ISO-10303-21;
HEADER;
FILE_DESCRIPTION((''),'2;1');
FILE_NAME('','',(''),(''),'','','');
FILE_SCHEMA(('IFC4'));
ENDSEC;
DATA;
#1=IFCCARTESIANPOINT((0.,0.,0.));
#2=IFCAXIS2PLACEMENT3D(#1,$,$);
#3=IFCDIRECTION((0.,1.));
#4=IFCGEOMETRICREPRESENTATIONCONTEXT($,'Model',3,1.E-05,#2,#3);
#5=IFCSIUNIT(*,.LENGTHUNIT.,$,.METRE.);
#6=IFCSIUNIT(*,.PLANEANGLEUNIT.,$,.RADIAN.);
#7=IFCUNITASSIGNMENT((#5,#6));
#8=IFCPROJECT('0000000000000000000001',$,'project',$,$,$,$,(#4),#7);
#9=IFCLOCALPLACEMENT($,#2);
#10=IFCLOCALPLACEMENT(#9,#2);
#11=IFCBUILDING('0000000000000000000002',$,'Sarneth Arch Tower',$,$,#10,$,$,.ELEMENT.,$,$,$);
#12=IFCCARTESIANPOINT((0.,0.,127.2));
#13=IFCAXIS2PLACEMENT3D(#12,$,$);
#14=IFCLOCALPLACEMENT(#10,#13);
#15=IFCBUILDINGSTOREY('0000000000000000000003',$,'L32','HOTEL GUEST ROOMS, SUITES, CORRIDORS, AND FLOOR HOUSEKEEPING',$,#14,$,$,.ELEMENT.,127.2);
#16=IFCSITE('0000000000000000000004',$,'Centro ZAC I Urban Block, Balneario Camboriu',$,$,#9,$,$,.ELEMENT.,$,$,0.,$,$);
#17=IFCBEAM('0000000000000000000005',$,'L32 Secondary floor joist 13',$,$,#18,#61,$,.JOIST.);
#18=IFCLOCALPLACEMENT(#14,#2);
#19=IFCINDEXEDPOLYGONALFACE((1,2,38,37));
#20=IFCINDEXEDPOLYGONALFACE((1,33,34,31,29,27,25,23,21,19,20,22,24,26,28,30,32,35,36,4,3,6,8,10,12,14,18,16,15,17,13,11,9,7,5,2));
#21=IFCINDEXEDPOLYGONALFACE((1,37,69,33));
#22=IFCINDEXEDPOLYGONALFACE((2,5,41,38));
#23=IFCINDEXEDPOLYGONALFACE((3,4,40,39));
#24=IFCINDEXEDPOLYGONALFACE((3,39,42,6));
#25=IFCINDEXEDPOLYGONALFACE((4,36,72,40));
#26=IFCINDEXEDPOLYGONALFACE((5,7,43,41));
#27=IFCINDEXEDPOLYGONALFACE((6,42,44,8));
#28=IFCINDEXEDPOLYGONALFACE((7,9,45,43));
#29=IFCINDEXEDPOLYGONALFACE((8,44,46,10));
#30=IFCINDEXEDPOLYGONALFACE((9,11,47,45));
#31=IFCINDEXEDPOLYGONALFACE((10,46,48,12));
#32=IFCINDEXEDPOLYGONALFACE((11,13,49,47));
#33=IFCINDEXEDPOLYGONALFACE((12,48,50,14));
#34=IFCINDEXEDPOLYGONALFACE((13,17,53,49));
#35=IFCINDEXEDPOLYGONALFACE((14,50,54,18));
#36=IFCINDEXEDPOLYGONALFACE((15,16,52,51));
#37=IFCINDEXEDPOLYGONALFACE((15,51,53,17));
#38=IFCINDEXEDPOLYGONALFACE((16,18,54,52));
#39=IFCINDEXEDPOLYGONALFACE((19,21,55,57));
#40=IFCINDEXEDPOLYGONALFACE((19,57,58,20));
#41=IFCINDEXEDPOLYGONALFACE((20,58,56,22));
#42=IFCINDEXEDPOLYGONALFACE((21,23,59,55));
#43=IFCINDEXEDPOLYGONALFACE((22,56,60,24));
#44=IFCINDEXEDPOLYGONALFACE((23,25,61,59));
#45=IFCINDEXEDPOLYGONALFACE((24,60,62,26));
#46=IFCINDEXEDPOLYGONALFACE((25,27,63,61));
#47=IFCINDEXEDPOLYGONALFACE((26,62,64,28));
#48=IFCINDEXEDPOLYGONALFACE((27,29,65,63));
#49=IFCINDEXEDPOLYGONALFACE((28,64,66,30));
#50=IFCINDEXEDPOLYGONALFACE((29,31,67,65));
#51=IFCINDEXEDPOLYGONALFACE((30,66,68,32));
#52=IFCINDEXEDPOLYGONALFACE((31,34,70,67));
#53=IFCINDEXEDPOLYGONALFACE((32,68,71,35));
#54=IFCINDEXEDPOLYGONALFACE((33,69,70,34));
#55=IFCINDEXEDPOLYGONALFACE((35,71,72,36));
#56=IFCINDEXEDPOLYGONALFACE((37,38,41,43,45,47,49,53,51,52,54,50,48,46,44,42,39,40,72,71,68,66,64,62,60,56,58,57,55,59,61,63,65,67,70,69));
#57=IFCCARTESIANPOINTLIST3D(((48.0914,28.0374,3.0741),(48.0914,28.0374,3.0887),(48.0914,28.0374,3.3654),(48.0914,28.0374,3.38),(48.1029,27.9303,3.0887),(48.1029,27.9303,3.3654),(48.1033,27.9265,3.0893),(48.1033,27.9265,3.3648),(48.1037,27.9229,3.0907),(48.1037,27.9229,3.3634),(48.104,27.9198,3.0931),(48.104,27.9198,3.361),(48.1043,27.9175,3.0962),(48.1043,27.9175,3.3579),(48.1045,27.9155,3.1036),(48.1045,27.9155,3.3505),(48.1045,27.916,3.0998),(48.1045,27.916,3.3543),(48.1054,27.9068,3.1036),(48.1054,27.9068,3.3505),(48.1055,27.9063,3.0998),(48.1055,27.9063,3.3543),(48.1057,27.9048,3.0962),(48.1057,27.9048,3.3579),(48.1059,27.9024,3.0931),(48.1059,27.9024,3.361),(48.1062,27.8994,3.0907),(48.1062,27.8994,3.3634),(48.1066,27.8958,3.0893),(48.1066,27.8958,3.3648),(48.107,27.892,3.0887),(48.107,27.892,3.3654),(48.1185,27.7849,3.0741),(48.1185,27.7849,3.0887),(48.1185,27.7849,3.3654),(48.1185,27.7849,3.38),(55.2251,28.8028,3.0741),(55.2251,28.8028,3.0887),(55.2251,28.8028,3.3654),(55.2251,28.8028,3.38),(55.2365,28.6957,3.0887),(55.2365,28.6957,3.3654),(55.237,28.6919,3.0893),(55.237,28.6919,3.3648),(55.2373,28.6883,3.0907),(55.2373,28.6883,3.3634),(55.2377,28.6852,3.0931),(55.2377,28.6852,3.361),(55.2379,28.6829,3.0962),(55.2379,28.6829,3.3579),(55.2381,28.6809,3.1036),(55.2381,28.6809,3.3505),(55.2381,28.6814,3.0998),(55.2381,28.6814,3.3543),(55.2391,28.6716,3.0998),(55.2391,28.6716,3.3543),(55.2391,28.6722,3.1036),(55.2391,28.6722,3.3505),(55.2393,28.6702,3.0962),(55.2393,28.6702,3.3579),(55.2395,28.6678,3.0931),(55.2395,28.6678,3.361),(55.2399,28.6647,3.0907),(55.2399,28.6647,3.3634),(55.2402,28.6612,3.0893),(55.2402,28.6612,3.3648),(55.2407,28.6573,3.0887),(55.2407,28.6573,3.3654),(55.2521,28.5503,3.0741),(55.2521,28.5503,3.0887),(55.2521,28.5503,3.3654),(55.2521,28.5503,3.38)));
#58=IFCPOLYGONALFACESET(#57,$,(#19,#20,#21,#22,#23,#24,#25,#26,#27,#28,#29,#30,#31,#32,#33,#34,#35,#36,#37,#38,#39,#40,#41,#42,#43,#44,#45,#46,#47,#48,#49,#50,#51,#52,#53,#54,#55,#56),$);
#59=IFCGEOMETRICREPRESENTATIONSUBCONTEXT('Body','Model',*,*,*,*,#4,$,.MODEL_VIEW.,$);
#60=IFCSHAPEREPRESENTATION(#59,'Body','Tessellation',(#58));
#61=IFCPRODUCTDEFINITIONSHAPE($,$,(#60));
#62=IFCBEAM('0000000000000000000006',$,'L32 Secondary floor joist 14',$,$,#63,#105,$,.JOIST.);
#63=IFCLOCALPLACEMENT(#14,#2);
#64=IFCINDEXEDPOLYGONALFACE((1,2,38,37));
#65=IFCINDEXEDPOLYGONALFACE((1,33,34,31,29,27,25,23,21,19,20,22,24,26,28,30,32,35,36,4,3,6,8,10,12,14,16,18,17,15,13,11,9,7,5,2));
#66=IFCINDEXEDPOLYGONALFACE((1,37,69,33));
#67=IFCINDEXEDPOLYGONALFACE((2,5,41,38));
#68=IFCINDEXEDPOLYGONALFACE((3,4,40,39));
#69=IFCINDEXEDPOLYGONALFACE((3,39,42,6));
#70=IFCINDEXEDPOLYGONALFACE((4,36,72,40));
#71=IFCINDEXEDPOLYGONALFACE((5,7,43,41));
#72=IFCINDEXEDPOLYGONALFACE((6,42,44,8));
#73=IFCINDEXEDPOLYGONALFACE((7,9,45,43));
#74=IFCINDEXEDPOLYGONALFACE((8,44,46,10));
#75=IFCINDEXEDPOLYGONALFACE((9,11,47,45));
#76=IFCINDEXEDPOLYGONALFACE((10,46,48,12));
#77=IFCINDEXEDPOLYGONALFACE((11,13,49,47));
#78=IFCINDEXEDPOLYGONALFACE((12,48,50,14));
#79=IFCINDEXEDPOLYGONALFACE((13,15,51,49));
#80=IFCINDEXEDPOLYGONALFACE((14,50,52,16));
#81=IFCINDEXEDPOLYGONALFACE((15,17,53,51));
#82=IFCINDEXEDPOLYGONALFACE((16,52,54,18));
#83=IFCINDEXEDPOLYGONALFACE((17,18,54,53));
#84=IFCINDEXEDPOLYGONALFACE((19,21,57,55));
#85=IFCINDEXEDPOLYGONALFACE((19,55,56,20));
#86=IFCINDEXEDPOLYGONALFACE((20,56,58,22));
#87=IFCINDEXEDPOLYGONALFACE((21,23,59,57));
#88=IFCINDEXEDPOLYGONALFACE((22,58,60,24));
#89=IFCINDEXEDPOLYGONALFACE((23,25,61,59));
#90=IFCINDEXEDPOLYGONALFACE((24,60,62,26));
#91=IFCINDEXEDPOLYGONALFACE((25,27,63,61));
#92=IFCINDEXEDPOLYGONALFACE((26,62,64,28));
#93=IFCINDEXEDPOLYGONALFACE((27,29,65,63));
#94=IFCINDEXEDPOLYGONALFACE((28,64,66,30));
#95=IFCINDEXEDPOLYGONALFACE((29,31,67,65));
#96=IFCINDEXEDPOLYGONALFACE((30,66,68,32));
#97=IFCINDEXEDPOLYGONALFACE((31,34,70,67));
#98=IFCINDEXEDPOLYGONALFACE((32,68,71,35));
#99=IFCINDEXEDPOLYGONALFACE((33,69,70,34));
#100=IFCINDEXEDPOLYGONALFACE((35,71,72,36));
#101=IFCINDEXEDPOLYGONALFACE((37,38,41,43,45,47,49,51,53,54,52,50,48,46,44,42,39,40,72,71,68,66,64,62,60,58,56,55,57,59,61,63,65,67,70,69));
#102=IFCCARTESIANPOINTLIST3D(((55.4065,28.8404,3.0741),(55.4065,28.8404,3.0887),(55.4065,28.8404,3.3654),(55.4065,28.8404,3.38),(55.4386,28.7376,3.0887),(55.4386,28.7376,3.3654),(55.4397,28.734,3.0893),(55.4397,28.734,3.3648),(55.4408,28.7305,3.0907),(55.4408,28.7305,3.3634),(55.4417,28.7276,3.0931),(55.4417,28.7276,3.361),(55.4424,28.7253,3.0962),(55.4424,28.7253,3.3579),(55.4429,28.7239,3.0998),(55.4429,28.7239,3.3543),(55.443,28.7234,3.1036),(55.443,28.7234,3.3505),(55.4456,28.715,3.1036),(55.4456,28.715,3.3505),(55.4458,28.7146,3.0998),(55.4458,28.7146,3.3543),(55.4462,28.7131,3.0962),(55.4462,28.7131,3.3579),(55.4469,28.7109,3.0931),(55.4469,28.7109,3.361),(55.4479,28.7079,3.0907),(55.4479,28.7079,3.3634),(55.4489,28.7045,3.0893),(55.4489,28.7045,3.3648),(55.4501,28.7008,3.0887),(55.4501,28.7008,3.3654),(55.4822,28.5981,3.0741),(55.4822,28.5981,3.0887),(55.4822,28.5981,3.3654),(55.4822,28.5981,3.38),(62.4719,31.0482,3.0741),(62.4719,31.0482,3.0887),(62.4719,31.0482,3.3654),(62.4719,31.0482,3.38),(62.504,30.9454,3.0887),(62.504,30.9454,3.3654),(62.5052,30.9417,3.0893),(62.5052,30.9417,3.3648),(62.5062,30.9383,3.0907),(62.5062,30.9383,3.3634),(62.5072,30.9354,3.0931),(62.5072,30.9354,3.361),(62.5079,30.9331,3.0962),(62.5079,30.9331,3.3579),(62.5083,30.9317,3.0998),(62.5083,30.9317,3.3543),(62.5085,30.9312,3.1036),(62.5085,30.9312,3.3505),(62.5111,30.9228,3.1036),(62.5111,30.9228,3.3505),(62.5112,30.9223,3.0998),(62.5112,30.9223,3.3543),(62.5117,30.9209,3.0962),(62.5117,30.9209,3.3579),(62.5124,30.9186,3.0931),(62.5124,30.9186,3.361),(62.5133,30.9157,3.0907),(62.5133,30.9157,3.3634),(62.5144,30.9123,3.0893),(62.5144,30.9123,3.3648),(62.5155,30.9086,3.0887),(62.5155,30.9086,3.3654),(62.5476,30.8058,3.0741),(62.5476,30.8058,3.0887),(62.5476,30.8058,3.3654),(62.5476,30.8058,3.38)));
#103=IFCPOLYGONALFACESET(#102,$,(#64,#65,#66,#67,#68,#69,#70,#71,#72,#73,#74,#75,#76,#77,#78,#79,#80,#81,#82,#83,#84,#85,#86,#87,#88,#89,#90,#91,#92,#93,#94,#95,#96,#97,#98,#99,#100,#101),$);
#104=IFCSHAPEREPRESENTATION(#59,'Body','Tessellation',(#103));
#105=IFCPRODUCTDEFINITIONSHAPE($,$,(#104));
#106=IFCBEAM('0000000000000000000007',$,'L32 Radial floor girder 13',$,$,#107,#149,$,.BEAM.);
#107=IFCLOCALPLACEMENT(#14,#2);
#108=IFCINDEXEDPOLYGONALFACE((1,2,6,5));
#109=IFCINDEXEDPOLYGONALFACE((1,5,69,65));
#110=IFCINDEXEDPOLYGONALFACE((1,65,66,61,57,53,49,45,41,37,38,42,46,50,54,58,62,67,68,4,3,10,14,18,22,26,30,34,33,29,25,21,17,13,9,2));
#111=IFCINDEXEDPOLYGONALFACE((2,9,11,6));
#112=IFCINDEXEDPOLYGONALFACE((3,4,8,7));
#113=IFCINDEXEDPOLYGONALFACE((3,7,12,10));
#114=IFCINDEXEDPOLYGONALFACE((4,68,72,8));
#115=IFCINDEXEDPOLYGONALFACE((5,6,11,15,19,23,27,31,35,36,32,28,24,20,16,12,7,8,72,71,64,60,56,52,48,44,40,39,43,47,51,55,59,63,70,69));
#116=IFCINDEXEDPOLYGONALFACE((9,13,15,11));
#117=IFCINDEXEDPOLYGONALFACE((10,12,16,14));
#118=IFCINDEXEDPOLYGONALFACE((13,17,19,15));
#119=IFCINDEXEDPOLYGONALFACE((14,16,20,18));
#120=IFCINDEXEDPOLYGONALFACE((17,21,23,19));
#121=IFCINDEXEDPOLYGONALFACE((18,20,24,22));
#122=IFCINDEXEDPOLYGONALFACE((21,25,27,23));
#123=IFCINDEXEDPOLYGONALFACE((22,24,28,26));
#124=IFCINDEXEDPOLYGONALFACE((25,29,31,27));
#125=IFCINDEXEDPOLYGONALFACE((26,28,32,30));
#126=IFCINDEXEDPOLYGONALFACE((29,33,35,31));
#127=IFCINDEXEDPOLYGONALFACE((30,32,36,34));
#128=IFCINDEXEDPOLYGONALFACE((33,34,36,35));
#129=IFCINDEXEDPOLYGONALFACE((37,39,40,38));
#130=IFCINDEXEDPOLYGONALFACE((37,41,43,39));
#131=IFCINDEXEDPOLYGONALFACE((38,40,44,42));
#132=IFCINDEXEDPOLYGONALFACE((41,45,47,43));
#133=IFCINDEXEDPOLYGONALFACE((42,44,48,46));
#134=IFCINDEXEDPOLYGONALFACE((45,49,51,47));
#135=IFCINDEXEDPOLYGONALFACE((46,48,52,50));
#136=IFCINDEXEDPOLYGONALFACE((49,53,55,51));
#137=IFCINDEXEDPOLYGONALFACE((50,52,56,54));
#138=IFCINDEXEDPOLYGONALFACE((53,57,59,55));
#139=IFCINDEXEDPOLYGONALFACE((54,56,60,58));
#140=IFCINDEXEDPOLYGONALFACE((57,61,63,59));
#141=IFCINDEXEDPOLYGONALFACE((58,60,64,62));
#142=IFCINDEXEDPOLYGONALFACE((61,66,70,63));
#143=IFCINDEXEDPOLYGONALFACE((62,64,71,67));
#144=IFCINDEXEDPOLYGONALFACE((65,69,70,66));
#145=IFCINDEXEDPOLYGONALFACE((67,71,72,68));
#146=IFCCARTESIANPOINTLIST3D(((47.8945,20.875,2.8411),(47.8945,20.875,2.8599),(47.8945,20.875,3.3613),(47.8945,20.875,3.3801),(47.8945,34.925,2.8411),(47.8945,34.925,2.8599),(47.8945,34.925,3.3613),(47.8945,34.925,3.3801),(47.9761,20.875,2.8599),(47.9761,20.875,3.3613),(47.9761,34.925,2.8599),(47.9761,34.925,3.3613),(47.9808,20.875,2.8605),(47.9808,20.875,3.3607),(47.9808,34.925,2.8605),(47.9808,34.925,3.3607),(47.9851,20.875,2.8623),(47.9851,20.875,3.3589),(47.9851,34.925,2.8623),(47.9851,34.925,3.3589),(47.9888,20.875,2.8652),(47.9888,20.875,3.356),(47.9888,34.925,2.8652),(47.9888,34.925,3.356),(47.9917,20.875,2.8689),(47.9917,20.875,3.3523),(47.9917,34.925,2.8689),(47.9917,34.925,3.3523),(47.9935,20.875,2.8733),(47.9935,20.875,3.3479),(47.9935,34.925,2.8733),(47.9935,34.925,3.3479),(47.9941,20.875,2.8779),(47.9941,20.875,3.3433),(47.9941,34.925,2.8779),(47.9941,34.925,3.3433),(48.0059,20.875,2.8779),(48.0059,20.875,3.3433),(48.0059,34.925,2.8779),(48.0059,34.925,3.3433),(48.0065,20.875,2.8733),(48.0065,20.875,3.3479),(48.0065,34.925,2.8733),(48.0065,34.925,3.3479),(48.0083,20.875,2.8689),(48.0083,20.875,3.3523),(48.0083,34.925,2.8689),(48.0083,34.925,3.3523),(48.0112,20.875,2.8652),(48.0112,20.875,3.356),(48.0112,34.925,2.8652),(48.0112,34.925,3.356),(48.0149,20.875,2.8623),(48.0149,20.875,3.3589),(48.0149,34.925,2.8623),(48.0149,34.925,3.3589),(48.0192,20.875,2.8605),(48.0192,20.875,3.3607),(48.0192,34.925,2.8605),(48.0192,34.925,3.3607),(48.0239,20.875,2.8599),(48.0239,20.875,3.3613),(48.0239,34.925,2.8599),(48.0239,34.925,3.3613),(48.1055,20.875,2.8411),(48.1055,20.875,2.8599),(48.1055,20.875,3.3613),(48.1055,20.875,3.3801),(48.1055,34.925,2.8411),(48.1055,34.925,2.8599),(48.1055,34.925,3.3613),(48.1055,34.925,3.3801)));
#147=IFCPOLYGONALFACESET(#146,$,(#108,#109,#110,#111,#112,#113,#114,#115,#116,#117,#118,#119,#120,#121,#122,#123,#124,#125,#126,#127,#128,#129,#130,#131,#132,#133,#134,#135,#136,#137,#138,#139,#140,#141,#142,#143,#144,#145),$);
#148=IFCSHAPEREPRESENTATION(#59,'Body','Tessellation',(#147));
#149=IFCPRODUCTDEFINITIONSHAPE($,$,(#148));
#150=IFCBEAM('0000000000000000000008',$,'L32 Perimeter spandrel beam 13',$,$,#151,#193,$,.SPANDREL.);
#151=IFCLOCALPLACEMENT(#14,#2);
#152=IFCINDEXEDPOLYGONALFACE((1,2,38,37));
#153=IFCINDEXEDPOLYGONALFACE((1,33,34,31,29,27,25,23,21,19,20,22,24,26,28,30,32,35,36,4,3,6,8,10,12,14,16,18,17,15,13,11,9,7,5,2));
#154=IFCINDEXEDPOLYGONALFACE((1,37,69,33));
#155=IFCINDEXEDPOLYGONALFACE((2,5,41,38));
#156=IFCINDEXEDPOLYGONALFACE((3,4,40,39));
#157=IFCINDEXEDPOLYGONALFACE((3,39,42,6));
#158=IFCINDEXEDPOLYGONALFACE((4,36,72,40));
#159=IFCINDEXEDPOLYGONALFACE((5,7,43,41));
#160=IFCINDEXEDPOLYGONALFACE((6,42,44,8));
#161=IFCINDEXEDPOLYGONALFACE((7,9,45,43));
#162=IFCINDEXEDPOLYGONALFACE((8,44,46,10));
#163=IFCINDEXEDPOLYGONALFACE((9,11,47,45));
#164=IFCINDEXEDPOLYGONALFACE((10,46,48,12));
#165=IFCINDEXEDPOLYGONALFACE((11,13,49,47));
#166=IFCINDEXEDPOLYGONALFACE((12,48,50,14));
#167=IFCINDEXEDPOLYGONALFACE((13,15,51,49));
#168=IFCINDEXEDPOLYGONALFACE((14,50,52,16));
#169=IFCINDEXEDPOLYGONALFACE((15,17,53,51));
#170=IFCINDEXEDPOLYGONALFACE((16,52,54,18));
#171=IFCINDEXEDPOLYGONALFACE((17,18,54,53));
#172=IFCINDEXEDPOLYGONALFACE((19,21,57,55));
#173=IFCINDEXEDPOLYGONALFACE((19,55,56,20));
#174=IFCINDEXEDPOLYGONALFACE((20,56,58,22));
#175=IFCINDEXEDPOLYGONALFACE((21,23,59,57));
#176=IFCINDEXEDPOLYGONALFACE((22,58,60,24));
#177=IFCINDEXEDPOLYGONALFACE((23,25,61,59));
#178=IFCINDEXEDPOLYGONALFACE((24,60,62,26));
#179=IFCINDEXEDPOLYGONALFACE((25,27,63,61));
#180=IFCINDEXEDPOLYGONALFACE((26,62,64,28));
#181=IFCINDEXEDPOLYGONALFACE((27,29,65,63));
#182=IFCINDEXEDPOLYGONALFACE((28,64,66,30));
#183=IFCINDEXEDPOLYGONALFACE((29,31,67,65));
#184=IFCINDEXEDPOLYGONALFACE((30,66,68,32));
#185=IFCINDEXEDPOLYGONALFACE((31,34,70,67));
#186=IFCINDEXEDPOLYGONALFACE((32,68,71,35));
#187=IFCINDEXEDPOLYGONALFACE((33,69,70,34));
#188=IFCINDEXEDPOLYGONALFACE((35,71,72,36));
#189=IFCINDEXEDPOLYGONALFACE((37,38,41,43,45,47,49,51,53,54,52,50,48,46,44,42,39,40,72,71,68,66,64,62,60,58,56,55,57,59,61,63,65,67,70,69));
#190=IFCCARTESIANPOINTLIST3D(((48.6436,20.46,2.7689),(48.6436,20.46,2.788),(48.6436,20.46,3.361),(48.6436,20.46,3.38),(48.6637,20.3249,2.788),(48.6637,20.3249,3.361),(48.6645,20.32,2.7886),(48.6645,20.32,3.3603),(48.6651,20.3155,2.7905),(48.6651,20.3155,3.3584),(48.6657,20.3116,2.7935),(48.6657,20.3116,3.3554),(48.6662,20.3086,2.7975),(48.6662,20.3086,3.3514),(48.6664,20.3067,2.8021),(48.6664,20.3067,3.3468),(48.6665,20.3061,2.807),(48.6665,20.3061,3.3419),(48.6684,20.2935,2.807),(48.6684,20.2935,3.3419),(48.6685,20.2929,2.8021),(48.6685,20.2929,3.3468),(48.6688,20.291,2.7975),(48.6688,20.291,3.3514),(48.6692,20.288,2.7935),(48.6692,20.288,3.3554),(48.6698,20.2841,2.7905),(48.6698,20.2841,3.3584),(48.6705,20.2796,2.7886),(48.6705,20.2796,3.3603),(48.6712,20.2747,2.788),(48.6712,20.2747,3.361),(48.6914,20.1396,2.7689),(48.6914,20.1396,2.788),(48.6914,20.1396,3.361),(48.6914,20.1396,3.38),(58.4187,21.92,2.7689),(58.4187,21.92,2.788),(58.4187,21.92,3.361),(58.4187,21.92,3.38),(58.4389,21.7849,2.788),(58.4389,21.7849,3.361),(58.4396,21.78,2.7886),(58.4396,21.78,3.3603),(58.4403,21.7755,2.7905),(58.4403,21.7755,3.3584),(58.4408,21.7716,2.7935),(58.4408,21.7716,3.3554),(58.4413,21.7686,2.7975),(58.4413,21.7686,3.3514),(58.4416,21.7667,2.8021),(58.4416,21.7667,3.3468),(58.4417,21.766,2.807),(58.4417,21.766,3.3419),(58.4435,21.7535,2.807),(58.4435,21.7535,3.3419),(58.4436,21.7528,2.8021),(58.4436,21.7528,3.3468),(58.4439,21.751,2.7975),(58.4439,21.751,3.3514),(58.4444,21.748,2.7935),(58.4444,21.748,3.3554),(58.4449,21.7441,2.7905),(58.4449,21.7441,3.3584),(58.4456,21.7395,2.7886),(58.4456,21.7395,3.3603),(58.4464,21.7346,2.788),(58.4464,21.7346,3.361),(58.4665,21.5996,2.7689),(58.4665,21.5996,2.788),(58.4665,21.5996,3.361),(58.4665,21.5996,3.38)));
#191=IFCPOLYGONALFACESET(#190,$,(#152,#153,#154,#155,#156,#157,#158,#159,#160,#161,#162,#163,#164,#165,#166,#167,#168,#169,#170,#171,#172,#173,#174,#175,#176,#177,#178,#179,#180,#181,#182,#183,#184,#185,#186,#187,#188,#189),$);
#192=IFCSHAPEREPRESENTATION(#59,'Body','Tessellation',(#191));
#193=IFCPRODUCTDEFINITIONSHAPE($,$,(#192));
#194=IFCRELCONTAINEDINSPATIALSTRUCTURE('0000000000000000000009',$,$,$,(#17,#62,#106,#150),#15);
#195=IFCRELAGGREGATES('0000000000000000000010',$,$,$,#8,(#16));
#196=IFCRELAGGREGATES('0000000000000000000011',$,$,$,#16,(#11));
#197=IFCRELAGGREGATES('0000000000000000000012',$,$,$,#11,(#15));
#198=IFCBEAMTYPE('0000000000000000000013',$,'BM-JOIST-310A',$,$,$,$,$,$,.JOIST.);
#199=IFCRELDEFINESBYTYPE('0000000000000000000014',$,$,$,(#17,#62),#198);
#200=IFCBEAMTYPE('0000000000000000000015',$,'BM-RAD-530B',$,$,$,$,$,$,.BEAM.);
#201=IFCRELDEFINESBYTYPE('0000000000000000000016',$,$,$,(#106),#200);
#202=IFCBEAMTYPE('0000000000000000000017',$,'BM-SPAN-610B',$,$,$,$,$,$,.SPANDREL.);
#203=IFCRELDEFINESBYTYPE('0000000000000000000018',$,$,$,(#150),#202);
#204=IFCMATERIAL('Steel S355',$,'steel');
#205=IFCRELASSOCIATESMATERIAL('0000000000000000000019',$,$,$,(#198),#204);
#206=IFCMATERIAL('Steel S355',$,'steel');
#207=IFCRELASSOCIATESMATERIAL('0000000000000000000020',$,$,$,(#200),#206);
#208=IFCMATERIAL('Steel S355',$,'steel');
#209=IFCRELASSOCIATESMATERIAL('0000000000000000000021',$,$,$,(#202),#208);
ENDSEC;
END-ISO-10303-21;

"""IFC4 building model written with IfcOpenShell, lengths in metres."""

from ifc_helpers import new_model, si_unit, direction, frame, origin, origin_2d, place, context, subcontext, project, spatial, i_section, extrude, material, material_profile, profile_set, type_object, element, save


model = new_model("IFC4")

# Units and contexts
model_context = context("Model", 3, precision=1e-05, world=origin(), true_north=direction((0.0, 1.0)))
body_context = subcontext(model_context, "Body", "Model", "MODEL_VIEW")
ifc_project = project(units=[si_unit("LENGTHUNIT", "METRE"), si_unit("PLANEANGLEUNIT", "RADIAN")], contexts=[model_context])

# Site, building, storey
site_placement = place(None, origin())
site = spatial("IfcSite", under=ifc_project, at=site_placement, Name="Centro ZAC I Urban Block, Balneario Camboriu", CompositionType="ELEMENT", RefElevation=0.0)
building_placement = place(site_placement, origin())
building = spatial("IfcBuilding", under=site, at=building_placement, Name="Sarneth Arch Tower", CompositionType="ELEMENT")
storey_placement = place(building_placement, frame((0.0, 0.0, 127.2)))
storey = spatial("IfcBuildingStorey", under=building, at=storey_placement, Name="L32", Description="HOTEL GUEST ROOMS, SUITES, CORRIDORS, AND FLOOR HOUSEKEEPING", CompositionType="ELEMENT", Elevation=127.2)

# Beams
ifc_material_1 = material(Name="Steel S355", Category="steel")
ifc_material_profile_1 = material_profile(ifc_material_1, i_section(OverallWidth=0.2539, OverallDepth=0.3059, WebThickness=0.0088, FlangeThickness=0.0146, FilletRadius=0.0149, at=origin_2d()), Name="W310x79")
ifc_profile_set_1 = profile_set([ifc_material_profile_1], Name="Steel S355")
beam_type_1 = type_object("IfcBeamType", Name="BM-JOIST-310A", PredefinedType="JOIST", material=ifc_profile_set_1)
beam_1_placement = place(storey_placement, frame((48.105, 27.9111, 3.2271), z_axis=(0.994293, 0.106681, 0.0), x_axis=(-0.106681, 0.994293, 0.0)))
element("IfcBeam", 1, at=beam_1_placement, inside=storey, type_object=beam_type_1, Name="L32 Secondary floor joist 13", PredefinedType="JOIST", context=body_context, shape_type="SweptSolid", body=[
    extrude(i_section(OverallWidth=0.2539, OverallDepth=0.3059, WebThickness=0.0088, FlangeThickness=0.0146, FilletRadius=0.0149, at=origin_2d()), origin(), (0.0, 0.0, 1.0), 7.1746),
])
beam_2_placement = place(storey_placement, frame((55.4443, 28.7192, 3.2271), z_axis=(0.954487, 0.298252, 0.0), x_axis=(-0.298252, 0.954487, 0.0)))
element("IfcBeam", 2, at=beam_2_placement, inside=storey, type_object=beam_type_1, Name="L32 Secondary floor joist 14", PredefinedType="JOIST", context=body_context, shape_type="SweptSolid", body=[
    extrude(i_section(OverallWidth=0.2539, OverallDepth=0.3059, WebThickness=0.0088, FlangeThickness=0.0146, FilletRadius=0.0149, at=origin_2d()), origin(), (0.0, 0.0, 1.0), 7.4023),
])
ifc_material_2 = material(Name="Steel S355", Category="steel")
ifc_material_profile_2 = material_profile(ifc_material_2, i_section(OverallWidth=0.2109, OverallDepth=0.5391, WebThickness=0.0117, FlangeThickness=0.0188, FilletRadius=0.0181, at=origin_2d()), Name="W530x109")
ifc_profile_set_2 = profile_set([ifc_material_profile_2], Name="Steel S355")
beam_type_2 = type_object("IfcBeamType", Name="BM-RAD-530B", PredefinedType="BEAM", material=ifc_profile_set_2)
beam_3_placement = place(storey_placement, frame((48.0, 34.925, 3.1106), z_axis=(0.0, -1.0, 0.0), x_axis=(1.0, 0.0, 0.0)))
element("IfcBeam", 3, at=beam_3_placement, inside=storey, type_object=beam_type_2, Name="L32 Radial floor girder 13", PredefinedType="BEAM", context=body_context, shape_type="SweptSolid", body=[
    extrude(i_section(OverallWidth=0.2109, OverallDepth=0.5391, WebThickness=0.0117, FlangeThickness=0.0188, FilletRadius=0.0181, at=origin_2d()), origin(), (0.0, 0.0, 1.0), 14.05),
])
ifc_material_3 = material(Name="Steel S355", Category="steel")
ifc_material_profile_3 = material_profile(ifc_material_3, i_section(OverallWidth=0.324, OverallDepth=0.6111, WebThickness=0.0127, FlangeThickness=0.019, FilletRadius=0.019, at=origin_2d()), Name="W610x155")
ifc_profile_set_3 = profile_set([ifc_material_profile_3], Name="Steel S355")
beam_type_3 = type_object("IfcBeamType", Name="BM-SPAN-610B", PredefinedType="SPANDREL", material=ifc_profile_set_3)
beam_4_placement = place(storey_placement, frame((48.6675, 20.2998, 3.0745), z_axis=(0.98903, 0.147716, 0.0), x_axis=(-0.147716, 0.98903, 0.0)))
element("IfcBeam", 4, at=beam_4_placement, inside=storey, type_object=beam_type_3, Name="L32 Perimeter spandrel beam 13", PredefinedType="SPANDREL", context=body_context, shape_type="SweptSolid", body=[
    extrude(i_section(OverallWidth=0.324, OverallDepth=0.6111, WebThickness=0.0127, FlangeThickness=0.019, FilletRadius=0.019, at=origin_2d()), origin(), (0.0, 0.0, 1.0), 9.8835),
])

save(model, "model.ifc")
